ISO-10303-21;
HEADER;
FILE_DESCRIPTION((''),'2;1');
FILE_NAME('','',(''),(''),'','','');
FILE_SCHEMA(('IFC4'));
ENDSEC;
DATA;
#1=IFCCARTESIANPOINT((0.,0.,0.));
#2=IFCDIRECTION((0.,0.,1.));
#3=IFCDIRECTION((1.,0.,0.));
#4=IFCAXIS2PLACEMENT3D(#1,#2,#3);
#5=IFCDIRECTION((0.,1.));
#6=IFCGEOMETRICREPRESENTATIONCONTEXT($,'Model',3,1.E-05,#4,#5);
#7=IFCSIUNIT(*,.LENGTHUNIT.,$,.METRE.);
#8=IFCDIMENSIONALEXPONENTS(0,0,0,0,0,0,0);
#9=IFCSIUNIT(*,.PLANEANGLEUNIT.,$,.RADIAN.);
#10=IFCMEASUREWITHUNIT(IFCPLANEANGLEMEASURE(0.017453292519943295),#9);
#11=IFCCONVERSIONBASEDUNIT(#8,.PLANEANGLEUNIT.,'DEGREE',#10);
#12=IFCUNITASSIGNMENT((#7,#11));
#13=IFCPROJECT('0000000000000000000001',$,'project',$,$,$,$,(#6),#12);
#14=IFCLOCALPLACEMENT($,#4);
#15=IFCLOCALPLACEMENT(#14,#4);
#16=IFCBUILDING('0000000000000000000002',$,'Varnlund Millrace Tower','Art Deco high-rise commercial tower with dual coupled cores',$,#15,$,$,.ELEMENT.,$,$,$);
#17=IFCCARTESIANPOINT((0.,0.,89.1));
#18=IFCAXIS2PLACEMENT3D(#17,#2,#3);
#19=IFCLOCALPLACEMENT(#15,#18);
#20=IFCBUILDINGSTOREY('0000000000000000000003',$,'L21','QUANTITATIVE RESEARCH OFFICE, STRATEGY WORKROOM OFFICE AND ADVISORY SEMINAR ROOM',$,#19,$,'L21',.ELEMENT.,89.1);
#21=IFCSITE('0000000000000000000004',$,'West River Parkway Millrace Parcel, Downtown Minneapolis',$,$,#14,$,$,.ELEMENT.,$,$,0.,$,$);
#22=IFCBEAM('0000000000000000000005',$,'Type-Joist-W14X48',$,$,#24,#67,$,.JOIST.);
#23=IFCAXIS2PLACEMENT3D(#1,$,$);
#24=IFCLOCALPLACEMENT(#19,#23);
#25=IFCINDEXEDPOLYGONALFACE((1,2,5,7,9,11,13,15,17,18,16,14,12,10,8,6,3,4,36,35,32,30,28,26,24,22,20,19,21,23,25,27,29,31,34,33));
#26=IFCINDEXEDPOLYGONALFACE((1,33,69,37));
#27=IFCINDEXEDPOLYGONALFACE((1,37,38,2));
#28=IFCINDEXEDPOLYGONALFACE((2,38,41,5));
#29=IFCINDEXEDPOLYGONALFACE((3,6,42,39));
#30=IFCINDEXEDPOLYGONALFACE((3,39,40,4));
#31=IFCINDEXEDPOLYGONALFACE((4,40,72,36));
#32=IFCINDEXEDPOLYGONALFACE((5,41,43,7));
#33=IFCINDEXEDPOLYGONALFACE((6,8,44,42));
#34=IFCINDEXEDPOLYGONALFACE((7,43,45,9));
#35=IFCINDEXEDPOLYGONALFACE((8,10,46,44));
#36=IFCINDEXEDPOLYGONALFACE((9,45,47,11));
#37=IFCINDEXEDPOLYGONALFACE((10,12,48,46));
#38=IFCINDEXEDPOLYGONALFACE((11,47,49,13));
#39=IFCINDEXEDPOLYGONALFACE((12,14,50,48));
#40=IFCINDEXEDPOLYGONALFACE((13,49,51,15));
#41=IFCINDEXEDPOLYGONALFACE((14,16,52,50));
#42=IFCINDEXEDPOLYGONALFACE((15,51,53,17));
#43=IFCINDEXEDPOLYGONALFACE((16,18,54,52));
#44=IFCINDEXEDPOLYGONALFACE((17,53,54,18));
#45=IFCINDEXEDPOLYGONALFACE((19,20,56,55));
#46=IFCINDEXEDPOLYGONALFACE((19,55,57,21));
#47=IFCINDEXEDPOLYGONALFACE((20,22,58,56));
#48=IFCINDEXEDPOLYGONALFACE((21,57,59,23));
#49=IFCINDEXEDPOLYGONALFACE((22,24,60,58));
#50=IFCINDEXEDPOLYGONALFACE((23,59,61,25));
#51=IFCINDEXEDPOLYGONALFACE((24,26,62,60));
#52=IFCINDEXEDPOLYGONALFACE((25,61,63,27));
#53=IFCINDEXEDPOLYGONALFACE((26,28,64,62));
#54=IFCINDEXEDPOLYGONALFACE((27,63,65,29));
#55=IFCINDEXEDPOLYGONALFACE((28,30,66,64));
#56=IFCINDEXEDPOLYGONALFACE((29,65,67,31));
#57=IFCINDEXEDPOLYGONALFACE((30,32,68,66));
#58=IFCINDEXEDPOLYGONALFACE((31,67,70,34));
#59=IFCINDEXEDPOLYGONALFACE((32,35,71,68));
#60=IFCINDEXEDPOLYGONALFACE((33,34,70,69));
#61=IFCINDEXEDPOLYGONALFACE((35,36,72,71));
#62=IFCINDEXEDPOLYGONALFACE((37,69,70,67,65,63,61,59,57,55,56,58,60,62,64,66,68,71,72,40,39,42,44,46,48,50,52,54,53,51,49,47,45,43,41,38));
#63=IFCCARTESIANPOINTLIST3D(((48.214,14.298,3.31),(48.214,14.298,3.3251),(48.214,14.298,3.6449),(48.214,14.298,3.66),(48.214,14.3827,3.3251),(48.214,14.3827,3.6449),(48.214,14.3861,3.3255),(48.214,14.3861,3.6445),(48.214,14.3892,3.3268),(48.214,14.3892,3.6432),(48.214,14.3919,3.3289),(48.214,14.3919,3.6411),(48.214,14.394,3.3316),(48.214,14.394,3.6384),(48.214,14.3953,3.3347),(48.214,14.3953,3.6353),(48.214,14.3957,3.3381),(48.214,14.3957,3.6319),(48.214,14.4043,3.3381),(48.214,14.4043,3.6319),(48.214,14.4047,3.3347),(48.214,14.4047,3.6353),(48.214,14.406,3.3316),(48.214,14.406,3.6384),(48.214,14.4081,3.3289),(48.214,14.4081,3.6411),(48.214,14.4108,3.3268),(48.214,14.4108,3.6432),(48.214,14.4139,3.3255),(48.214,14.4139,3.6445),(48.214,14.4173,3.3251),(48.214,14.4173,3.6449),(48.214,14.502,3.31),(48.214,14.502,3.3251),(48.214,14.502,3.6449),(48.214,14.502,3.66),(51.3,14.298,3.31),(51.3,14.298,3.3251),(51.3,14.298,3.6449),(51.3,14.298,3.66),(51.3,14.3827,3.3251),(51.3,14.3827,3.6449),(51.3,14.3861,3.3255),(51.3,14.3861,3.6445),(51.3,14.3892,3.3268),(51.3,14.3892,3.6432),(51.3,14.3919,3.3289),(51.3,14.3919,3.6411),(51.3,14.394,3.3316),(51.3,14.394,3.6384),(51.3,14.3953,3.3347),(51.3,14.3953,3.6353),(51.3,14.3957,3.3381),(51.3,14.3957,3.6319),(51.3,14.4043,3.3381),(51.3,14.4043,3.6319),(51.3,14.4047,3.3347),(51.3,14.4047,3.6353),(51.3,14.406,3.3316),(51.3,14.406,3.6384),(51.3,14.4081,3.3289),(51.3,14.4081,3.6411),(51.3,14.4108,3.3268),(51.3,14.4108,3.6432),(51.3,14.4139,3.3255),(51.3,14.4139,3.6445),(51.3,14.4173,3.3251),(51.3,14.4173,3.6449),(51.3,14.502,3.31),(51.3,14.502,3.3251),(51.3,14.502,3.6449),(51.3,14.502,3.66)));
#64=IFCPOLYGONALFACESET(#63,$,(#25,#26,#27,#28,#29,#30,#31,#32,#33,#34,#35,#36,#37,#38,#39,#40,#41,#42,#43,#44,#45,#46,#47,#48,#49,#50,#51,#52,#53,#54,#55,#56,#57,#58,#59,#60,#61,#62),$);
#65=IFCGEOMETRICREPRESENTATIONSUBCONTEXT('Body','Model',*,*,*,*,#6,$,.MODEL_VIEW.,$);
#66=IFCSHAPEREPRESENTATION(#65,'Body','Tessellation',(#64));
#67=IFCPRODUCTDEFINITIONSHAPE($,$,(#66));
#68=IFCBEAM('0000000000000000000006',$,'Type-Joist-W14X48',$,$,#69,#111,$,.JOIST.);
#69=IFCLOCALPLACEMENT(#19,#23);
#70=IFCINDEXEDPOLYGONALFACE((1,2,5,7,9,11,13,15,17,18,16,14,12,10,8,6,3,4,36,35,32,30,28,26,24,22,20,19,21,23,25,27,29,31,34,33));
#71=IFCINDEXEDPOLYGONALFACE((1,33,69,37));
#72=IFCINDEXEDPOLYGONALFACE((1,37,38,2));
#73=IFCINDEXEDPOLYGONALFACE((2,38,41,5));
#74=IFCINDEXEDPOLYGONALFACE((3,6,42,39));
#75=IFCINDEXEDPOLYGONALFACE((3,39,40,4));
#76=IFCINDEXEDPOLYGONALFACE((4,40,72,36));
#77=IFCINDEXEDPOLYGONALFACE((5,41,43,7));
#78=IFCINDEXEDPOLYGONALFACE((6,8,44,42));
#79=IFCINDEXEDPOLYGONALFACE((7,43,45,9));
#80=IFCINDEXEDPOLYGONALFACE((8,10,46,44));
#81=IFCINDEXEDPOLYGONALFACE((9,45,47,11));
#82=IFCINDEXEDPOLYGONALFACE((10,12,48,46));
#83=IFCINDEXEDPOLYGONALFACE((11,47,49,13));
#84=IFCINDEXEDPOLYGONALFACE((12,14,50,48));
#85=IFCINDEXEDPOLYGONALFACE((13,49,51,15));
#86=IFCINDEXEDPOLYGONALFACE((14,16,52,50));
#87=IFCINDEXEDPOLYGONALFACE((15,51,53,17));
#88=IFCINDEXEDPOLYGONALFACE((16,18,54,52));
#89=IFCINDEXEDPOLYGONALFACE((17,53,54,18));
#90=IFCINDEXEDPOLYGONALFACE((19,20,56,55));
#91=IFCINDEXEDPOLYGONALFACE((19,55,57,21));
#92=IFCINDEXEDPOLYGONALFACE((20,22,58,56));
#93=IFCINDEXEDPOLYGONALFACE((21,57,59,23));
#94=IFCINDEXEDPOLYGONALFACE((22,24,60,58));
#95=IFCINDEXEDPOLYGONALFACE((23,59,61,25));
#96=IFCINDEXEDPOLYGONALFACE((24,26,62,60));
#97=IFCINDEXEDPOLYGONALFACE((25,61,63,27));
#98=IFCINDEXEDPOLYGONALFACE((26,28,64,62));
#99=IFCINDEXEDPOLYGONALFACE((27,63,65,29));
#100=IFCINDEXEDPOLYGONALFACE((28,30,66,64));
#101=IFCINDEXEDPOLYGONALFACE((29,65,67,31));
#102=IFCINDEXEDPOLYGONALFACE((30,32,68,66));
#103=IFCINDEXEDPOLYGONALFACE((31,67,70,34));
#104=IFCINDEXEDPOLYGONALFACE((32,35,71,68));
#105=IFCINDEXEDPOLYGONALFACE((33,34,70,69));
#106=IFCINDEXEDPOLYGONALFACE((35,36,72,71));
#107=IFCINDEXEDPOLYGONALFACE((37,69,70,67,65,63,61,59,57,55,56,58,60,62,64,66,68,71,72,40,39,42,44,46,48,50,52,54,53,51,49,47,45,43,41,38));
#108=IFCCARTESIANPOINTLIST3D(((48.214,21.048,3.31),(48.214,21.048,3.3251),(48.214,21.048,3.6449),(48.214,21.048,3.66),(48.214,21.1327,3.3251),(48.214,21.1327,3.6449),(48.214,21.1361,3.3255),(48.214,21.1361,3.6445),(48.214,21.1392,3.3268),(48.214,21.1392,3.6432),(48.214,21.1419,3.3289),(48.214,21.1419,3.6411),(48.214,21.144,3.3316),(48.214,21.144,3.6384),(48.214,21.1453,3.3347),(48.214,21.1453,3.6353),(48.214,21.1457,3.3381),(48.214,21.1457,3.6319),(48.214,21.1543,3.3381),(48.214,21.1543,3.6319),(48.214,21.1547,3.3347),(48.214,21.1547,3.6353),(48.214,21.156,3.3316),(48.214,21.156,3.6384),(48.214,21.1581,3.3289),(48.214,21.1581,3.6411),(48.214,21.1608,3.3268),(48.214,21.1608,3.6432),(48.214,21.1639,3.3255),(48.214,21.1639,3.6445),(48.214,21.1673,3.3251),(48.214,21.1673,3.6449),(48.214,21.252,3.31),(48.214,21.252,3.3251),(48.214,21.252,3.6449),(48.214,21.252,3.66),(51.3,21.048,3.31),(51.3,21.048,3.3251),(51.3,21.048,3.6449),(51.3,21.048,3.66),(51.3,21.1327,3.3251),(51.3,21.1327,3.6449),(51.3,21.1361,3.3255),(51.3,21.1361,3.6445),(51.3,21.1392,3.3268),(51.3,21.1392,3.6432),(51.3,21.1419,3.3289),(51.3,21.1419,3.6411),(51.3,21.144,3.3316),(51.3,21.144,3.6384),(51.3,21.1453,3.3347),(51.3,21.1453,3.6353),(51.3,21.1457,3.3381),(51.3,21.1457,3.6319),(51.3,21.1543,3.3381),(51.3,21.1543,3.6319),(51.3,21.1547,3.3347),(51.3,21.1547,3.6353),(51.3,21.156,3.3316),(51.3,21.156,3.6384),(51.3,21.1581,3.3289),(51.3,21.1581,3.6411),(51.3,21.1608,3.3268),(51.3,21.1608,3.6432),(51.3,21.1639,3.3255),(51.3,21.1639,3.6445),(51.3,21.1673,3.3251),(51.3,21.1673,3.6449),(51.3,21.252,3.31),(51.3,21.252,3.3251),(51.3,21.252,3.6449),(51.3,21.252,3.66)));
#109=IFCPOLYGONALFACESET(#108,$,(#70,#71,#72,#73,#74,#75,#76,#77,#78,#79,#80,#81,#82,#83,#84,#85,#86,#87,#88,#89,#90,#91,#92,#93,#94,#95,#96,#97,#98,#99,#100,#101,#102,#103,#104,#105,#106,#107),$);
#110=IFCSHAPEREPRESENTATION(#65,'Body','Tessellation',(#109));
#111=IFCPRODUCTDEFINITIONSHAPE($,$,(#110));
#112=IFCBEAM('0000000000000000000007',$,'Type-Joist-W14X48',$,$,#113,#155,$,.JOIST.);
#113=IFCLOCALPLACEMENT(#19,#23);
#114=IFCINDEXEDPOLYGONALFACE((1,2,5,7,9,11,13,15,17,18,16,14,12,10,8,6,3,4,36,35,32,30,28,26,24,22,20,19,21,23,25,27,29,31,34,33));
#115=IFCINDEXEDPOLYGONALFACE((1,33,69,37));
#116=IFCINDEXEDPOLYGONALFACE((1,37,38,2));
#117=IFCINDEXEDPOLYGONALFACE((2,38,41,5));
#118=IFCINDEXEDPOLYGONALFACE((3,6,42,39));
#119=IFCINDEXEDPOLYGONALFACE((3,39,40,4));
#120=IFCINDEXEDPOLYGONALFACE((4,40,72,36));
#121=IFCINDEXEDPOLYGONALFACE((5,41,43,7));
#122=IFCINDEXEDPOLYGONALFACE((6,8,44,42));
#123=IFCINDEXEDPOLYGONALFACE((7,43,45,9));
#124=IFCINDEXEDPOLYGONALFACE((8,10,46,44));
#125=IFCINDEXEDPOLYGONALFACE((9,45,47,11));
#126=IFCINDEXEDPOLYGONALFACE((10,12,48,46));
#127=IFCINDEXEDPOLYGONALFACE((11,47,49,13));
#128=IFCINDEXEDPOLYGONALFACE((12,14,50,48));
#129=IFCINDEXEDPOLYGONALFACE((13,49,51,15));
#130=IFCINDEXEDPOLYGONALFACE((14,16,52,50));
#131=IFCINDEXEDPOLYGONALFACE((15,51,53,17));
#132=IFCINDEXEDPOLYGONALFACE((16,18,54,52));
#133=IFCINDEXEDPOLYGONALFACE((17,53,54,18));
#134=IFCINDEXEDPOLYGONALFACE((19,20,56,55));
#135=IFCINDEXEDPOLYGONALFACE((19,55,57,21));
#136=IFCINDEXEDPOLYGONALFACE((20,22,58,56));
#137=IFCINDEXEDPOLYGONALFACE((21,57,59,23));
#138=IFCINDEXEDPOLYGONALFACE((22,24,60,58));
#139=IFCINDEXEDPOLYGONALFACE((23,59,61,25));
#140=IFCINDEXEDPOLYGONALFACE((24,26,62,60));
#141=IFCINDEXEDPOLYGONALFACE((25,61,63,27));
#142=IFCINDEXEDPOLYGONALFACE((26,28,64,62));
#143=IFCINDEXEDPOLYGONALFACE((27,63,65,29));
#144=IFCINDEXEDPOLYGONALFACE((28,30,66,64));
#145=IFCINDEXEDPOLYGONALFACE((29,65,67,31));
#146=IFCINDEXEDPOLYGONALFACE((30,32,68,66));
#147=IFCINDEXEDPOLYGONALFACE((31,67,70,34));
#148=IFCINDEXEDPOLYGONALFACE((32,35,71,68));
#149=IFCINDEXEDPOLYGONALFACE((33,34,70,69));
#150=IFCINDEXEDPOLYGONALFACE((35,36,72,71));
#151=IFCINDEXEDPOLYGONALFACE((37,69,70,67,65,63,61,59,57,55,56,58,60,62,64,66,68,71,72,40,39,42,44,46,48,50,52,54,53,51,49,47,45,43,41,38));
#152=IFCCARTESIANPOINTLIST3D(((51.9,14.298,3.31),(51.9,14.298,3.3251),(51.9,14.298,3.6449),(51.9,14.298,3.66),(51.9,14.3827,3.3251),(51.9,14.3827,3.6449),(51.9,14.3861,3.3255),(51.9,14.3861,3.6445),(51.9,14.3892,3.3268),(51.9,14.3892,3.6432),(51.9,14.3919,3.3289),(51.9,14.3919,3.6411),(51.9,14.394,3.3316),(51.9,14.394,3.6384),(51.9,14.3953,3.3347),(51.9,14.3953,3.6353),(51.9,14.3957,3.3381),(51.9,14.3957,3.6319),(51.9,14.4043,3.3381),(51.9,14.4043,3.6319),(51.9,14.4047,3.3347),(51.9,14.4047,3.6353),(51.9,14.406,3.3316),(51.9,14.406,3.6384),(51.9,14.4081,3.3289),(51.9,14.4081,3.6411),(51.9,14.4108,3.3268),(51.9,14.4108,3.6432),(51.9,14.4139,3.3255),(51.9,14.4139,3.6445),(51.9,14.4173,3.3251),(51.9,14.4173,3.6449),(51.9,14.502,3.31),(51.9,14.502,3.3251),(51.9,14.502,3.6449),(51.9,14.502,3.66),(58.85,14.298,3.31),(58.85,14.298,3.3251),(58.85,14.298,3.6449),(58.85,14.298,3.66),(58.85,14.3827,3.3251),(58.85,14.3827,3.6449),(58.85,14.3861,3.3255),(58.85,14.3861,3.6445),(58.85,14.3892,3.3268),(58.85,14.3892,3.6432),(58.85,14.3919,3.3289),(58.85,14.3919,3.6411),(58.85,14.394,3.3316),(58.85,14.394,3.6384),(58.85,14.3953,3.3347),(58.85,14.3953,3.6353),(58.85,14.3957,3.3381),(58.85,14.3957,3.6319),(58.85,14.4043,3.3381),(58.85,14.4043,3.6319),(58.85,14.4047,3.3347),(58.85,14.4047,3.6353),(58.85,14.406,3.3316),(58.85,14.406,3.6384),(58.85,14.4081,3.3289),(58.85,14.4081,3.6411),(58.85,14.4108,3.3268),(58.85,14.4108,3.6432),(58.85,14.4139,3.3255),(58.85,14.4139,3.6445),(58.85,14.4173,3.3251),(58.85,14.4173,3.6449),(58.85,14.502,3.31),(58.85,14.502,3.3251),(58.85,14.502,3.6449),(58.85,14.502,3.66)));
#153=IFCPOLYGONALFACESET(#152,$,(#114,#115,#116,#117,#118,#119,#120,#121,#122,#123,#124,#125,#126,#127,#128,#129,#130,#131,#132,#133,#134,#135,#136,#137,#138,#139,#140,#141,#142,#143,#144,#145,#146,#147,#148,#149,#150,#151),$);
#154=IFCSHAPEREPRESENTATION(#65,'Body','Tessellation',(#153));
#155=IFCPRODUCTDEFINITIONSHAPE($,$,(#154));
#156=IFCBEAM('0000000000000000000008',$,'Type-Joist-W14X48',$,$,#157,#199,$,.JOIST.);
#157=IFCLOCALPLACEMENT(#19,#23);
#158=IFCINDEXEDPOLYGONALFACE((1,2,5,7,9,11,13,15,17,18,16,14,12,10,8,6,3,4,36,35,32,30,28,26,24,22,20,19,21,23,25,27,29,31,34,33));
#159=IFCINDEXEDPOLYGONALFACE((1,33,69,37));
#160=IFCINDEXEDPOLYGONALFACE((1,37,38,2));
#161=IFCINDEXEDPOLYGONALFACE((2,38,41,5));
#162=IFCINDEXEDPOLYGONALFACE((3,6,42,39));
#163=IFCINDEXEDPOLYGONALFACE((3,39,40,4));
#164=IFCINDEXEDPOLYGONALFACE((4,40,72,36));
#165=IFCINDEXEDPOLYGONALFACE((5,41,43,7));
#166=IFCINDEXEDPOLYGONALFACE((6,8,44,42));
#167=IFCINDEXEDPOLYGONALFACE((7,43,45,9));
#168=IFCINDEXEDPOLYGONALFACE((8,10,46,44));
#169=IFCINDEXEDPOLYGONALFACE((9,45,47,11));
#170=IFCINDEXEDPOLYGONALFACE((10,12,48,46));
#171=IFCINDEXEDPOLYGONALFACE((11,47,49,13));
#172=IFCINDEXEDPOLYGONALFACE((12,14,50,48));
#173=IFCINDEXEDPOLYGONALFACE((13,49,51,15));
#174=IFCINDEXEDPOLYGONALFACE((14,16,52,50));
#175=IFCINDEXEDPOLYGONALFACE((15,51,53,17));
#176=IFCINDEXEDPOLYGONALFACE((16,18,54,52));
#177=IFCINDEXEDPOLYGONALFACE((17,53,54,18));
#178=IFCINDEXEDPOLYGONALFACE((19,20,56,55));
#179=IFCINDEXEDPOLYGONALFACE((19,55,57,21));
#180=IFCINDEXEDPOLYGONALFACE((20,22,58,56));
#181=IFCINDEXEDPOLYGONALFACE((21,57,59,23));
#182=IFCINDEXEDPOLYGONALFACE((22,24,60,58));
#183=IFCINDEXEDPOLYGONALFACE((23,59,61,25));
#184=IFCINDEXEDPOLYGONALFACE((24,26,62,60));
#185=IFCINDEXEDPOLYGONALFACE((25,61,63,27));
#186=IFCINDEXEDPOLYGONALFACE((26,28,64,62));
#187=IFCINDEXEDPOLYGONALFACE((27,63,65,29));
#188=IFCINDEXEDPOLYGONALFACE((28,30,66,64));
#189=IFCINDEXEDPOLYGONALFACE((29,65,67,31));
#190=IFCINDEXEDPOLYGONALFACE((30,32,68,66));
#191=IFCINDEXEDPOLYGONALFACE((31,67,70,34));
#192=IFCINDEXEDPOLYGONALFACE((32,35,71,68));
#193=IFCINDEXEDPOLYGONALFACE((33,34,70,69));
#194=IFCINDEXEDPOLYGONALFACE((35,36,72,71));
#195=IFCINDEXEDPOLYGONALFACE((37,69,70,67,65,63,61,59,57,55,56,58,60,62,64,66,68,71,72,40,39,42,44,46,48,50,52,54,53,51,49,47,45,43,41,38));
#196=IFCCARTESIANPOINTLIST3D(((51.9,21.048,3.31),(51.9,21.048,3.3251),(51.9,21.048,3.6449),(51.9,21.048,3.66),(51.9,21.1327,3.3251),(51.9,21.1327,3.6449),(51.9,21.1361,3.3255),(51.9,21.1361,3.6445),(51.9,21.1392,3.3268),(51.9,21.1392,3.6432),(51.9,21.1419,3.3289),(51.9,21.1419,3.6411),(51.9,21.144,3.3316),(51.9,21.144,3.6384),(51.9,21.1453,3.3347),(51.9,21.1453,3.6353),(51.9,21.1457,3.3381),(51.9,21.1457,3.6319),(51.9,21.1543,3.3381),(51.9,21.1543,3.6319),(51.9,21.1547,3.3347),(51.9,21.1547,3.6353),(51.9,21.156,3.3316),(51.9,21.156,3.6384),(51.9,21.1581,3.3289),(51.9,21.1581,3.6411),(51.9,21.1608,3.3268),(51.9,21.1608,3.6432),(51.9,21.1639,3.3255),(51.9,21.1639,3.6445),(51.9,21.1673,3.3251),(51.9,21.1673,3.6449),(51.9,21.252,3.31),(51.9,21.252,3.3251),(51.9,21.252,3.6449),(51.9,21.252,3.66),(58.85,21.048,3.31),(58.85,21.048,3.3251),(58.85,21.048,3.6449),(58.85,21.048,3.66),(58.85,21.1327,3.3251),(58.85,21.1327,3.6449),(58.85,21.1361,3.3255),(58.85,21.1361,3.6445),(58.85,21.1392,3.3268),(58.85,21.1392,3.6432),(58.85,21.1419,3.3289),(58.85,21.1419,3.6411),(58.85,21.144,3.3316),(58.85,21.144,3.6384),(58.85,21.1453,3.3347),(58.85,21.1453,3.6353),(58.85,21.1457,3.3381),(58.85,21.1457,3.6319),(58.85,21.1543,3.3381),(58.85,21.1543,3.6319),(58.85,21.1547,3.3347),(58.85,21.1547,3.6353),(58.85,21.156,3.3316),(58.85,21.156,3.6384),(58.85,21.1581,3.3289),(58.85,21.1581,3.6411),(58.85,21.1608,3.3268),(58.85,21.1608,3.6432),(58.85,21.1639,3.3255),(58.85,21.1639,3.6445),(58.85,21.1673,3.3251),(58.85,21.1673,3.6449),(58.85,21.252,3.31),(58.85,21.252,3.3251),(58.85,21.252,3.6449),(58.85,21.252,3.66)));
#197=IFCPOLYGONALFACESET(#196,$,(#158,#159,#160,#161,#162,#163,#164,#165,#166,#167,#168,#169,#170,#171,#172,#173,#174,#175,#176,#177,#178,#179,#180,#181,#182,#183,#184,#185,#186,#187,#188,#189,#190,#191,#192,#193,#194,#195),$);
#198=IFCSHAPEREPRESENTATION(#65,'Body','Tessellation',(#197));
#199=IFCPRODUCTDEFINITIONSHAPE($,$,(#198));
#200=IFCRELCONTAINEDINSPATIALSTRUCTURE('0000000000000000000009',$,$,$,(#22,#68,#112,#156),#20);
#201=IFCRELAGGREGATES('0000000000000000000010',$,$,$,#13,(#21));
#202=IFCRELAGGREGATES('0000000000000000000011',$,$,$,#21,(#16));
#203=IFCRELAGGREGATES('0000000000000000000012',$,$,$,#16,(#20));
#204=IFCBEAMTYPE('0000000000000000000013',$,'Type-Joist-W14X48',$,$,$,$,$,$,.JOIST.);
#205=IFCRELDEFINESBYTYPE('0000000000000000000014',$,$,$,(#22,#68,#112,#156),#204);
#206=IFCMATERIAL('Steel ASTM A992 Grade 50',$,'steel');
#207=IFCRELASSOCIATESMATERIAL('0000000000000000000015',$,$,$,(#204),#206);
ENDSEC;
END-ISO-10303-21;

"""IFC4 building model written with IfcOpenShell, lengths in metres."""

from ifc_helpers import new_model, entity, si_unit, converted_unit, direction, frame, origin_with_axes, origin_2d_with_axis, place, context, subcontext, project, spatial, i_section, extrude, material, material_profile, profile_set, type_object, element, save


model = new_model("IFC4")

# Units and contexts
model_context = context("Model", 3, precision=1e-05, world=origin_with_axes(), true_north=direction((0.0, 1.0)))
body_context = subcontext(model_context, "Body", "Model", "MODEL_VIEW")
ifc_project = project(units=[si_unit("LENGTHUNIT", "METRE"), converted_unit("PLANEANGLEUNIT", "DEGREE", entity("IfcPlaneAngleMeasure", 0.017453292519943295), si_unit("PLANEANGLEUNIT", "RADIAN"), dimensions=[0, 0, 0, 0, 0, 0, 0])], contexts=[model_context])

# Site, building, storey
site_placement = place(None, origin_with_axes())
site = spatial("IfcSite", under=ifc_project, at=site_placement, Name="West River Parkway Millrace Parcel, Downtown Minneapolis", CompositionType="ELEMENT", RefElevation=0.0)
building_placement = place(site_placement, origin_with_axes())
building = spatial("IfcBuilding", under=site, at=building_placement, Name="Varnlund Millrace Tower", Description="Art Deco high-rise commercial tower with dual coupled cores", CompositionType="ELEMENT")
storey_placement = place(building_placement, frame((0.0, 0.0, 89.1), z_axis=(0.0, 0.0, 1.0), x_axis=(1.0, 0.0, 0.0)))
storey = spatial("IfcBuildingStorey", under=building, at=storey_placement, Name="L21", Description="QUANTITATIVE RESEARCH OFFICE, STRATEGY WORKROOM OFFICE AND ADVISORY SEMINAR ROOM", LongName="L21", CompositionType="ELEMENT", Elevation=89.1)

# Beams
ifc_material_1 = material(Name="Steel ASTM A992 Grade 50", Category="steel")
ifc_material_profile_1 = material_profile(ifc_material_1, i_section(OverallWidth=0.204, OverallDepth=0.35, WebThickness=0.0086, FlangeThickness=0.0151, FilletRadius=0.013, at=origin_2d_with_axis()), Name="Steel ASTM A992 Grade 50")
ifc_profile_set_1 = profile_set([ifc_material_profile_1], Name="Steel ASTM A992 Grade 50")
beam_type_1 = type_object("IfcBeamType", Name="Type-Joist-W14X48", PredefinedType="JOIST", material=ifc_profile_set_1)
for number, where, z_axis, x_axis, name in (
    (1, (48.214, 14.4, 3.485), (1.0, 0.0, 0.0), (0.0, 1.0, 0.0), "Type-Joist-W14X48"),
    (2, (48.214, 21.15, 3.485), (1.0, 0.0, 0.0), (0.0, 1.0, 0.0), "Type-Joist-W14X48"),
):
    element("IfcBeam", number, at=place(storey_placement, frame(where, z_axis=z_axis, x_axis=x_axis)), inside=storey, type_object=beam_type_1, Name=name, PredefinedType="JOIST", context=body_context, shape_type="SweptSolid", body=[
        extrude(i_section(OverallWidth=0.204, OverallDepth=0.35, WebThickness=0.0086, FlangeThickness=0.0151, FilletRadius=0.013, at=origin_2d_with_axis()), origin_with_axes(), (0.0, 0.0, 1.0), 3.086),
    ])
for number, where, z_axis, x_axis, name in (
    (3, (51.9, 14.4, 3.485), (1.0, 0.0, 0.0), (0.0, 1.0, 0.0), "Type-Joist-W14X48"),
    (4, (51.9, 21.15, 3.485), (1.0, 0.0, 0.0), (0.0, 1.0, 0.0), "Type-Joist-W14X48"),
):
    element("IfcBeam", number, at=place(storey_placement, frame(where, z_axis=z_axis, x_axis=x_axis)), inside=storey, type_object=beam_type_1, Name=name, PredefinedType="JOIST", context=body_context, shape_type="SweptSolid", body=[
        extrude(i_section(OverallWidth=0.204, OverallDepth=0.35, WebThickness=0.0086, FlangeThickness=0.0151, FilletRadius=0.013, at=origin_2d_with_axis()), origin_with_axes(), (0.0, 0.0, 1.0), 6.95),
    ])

save(model, "model.ifc")
